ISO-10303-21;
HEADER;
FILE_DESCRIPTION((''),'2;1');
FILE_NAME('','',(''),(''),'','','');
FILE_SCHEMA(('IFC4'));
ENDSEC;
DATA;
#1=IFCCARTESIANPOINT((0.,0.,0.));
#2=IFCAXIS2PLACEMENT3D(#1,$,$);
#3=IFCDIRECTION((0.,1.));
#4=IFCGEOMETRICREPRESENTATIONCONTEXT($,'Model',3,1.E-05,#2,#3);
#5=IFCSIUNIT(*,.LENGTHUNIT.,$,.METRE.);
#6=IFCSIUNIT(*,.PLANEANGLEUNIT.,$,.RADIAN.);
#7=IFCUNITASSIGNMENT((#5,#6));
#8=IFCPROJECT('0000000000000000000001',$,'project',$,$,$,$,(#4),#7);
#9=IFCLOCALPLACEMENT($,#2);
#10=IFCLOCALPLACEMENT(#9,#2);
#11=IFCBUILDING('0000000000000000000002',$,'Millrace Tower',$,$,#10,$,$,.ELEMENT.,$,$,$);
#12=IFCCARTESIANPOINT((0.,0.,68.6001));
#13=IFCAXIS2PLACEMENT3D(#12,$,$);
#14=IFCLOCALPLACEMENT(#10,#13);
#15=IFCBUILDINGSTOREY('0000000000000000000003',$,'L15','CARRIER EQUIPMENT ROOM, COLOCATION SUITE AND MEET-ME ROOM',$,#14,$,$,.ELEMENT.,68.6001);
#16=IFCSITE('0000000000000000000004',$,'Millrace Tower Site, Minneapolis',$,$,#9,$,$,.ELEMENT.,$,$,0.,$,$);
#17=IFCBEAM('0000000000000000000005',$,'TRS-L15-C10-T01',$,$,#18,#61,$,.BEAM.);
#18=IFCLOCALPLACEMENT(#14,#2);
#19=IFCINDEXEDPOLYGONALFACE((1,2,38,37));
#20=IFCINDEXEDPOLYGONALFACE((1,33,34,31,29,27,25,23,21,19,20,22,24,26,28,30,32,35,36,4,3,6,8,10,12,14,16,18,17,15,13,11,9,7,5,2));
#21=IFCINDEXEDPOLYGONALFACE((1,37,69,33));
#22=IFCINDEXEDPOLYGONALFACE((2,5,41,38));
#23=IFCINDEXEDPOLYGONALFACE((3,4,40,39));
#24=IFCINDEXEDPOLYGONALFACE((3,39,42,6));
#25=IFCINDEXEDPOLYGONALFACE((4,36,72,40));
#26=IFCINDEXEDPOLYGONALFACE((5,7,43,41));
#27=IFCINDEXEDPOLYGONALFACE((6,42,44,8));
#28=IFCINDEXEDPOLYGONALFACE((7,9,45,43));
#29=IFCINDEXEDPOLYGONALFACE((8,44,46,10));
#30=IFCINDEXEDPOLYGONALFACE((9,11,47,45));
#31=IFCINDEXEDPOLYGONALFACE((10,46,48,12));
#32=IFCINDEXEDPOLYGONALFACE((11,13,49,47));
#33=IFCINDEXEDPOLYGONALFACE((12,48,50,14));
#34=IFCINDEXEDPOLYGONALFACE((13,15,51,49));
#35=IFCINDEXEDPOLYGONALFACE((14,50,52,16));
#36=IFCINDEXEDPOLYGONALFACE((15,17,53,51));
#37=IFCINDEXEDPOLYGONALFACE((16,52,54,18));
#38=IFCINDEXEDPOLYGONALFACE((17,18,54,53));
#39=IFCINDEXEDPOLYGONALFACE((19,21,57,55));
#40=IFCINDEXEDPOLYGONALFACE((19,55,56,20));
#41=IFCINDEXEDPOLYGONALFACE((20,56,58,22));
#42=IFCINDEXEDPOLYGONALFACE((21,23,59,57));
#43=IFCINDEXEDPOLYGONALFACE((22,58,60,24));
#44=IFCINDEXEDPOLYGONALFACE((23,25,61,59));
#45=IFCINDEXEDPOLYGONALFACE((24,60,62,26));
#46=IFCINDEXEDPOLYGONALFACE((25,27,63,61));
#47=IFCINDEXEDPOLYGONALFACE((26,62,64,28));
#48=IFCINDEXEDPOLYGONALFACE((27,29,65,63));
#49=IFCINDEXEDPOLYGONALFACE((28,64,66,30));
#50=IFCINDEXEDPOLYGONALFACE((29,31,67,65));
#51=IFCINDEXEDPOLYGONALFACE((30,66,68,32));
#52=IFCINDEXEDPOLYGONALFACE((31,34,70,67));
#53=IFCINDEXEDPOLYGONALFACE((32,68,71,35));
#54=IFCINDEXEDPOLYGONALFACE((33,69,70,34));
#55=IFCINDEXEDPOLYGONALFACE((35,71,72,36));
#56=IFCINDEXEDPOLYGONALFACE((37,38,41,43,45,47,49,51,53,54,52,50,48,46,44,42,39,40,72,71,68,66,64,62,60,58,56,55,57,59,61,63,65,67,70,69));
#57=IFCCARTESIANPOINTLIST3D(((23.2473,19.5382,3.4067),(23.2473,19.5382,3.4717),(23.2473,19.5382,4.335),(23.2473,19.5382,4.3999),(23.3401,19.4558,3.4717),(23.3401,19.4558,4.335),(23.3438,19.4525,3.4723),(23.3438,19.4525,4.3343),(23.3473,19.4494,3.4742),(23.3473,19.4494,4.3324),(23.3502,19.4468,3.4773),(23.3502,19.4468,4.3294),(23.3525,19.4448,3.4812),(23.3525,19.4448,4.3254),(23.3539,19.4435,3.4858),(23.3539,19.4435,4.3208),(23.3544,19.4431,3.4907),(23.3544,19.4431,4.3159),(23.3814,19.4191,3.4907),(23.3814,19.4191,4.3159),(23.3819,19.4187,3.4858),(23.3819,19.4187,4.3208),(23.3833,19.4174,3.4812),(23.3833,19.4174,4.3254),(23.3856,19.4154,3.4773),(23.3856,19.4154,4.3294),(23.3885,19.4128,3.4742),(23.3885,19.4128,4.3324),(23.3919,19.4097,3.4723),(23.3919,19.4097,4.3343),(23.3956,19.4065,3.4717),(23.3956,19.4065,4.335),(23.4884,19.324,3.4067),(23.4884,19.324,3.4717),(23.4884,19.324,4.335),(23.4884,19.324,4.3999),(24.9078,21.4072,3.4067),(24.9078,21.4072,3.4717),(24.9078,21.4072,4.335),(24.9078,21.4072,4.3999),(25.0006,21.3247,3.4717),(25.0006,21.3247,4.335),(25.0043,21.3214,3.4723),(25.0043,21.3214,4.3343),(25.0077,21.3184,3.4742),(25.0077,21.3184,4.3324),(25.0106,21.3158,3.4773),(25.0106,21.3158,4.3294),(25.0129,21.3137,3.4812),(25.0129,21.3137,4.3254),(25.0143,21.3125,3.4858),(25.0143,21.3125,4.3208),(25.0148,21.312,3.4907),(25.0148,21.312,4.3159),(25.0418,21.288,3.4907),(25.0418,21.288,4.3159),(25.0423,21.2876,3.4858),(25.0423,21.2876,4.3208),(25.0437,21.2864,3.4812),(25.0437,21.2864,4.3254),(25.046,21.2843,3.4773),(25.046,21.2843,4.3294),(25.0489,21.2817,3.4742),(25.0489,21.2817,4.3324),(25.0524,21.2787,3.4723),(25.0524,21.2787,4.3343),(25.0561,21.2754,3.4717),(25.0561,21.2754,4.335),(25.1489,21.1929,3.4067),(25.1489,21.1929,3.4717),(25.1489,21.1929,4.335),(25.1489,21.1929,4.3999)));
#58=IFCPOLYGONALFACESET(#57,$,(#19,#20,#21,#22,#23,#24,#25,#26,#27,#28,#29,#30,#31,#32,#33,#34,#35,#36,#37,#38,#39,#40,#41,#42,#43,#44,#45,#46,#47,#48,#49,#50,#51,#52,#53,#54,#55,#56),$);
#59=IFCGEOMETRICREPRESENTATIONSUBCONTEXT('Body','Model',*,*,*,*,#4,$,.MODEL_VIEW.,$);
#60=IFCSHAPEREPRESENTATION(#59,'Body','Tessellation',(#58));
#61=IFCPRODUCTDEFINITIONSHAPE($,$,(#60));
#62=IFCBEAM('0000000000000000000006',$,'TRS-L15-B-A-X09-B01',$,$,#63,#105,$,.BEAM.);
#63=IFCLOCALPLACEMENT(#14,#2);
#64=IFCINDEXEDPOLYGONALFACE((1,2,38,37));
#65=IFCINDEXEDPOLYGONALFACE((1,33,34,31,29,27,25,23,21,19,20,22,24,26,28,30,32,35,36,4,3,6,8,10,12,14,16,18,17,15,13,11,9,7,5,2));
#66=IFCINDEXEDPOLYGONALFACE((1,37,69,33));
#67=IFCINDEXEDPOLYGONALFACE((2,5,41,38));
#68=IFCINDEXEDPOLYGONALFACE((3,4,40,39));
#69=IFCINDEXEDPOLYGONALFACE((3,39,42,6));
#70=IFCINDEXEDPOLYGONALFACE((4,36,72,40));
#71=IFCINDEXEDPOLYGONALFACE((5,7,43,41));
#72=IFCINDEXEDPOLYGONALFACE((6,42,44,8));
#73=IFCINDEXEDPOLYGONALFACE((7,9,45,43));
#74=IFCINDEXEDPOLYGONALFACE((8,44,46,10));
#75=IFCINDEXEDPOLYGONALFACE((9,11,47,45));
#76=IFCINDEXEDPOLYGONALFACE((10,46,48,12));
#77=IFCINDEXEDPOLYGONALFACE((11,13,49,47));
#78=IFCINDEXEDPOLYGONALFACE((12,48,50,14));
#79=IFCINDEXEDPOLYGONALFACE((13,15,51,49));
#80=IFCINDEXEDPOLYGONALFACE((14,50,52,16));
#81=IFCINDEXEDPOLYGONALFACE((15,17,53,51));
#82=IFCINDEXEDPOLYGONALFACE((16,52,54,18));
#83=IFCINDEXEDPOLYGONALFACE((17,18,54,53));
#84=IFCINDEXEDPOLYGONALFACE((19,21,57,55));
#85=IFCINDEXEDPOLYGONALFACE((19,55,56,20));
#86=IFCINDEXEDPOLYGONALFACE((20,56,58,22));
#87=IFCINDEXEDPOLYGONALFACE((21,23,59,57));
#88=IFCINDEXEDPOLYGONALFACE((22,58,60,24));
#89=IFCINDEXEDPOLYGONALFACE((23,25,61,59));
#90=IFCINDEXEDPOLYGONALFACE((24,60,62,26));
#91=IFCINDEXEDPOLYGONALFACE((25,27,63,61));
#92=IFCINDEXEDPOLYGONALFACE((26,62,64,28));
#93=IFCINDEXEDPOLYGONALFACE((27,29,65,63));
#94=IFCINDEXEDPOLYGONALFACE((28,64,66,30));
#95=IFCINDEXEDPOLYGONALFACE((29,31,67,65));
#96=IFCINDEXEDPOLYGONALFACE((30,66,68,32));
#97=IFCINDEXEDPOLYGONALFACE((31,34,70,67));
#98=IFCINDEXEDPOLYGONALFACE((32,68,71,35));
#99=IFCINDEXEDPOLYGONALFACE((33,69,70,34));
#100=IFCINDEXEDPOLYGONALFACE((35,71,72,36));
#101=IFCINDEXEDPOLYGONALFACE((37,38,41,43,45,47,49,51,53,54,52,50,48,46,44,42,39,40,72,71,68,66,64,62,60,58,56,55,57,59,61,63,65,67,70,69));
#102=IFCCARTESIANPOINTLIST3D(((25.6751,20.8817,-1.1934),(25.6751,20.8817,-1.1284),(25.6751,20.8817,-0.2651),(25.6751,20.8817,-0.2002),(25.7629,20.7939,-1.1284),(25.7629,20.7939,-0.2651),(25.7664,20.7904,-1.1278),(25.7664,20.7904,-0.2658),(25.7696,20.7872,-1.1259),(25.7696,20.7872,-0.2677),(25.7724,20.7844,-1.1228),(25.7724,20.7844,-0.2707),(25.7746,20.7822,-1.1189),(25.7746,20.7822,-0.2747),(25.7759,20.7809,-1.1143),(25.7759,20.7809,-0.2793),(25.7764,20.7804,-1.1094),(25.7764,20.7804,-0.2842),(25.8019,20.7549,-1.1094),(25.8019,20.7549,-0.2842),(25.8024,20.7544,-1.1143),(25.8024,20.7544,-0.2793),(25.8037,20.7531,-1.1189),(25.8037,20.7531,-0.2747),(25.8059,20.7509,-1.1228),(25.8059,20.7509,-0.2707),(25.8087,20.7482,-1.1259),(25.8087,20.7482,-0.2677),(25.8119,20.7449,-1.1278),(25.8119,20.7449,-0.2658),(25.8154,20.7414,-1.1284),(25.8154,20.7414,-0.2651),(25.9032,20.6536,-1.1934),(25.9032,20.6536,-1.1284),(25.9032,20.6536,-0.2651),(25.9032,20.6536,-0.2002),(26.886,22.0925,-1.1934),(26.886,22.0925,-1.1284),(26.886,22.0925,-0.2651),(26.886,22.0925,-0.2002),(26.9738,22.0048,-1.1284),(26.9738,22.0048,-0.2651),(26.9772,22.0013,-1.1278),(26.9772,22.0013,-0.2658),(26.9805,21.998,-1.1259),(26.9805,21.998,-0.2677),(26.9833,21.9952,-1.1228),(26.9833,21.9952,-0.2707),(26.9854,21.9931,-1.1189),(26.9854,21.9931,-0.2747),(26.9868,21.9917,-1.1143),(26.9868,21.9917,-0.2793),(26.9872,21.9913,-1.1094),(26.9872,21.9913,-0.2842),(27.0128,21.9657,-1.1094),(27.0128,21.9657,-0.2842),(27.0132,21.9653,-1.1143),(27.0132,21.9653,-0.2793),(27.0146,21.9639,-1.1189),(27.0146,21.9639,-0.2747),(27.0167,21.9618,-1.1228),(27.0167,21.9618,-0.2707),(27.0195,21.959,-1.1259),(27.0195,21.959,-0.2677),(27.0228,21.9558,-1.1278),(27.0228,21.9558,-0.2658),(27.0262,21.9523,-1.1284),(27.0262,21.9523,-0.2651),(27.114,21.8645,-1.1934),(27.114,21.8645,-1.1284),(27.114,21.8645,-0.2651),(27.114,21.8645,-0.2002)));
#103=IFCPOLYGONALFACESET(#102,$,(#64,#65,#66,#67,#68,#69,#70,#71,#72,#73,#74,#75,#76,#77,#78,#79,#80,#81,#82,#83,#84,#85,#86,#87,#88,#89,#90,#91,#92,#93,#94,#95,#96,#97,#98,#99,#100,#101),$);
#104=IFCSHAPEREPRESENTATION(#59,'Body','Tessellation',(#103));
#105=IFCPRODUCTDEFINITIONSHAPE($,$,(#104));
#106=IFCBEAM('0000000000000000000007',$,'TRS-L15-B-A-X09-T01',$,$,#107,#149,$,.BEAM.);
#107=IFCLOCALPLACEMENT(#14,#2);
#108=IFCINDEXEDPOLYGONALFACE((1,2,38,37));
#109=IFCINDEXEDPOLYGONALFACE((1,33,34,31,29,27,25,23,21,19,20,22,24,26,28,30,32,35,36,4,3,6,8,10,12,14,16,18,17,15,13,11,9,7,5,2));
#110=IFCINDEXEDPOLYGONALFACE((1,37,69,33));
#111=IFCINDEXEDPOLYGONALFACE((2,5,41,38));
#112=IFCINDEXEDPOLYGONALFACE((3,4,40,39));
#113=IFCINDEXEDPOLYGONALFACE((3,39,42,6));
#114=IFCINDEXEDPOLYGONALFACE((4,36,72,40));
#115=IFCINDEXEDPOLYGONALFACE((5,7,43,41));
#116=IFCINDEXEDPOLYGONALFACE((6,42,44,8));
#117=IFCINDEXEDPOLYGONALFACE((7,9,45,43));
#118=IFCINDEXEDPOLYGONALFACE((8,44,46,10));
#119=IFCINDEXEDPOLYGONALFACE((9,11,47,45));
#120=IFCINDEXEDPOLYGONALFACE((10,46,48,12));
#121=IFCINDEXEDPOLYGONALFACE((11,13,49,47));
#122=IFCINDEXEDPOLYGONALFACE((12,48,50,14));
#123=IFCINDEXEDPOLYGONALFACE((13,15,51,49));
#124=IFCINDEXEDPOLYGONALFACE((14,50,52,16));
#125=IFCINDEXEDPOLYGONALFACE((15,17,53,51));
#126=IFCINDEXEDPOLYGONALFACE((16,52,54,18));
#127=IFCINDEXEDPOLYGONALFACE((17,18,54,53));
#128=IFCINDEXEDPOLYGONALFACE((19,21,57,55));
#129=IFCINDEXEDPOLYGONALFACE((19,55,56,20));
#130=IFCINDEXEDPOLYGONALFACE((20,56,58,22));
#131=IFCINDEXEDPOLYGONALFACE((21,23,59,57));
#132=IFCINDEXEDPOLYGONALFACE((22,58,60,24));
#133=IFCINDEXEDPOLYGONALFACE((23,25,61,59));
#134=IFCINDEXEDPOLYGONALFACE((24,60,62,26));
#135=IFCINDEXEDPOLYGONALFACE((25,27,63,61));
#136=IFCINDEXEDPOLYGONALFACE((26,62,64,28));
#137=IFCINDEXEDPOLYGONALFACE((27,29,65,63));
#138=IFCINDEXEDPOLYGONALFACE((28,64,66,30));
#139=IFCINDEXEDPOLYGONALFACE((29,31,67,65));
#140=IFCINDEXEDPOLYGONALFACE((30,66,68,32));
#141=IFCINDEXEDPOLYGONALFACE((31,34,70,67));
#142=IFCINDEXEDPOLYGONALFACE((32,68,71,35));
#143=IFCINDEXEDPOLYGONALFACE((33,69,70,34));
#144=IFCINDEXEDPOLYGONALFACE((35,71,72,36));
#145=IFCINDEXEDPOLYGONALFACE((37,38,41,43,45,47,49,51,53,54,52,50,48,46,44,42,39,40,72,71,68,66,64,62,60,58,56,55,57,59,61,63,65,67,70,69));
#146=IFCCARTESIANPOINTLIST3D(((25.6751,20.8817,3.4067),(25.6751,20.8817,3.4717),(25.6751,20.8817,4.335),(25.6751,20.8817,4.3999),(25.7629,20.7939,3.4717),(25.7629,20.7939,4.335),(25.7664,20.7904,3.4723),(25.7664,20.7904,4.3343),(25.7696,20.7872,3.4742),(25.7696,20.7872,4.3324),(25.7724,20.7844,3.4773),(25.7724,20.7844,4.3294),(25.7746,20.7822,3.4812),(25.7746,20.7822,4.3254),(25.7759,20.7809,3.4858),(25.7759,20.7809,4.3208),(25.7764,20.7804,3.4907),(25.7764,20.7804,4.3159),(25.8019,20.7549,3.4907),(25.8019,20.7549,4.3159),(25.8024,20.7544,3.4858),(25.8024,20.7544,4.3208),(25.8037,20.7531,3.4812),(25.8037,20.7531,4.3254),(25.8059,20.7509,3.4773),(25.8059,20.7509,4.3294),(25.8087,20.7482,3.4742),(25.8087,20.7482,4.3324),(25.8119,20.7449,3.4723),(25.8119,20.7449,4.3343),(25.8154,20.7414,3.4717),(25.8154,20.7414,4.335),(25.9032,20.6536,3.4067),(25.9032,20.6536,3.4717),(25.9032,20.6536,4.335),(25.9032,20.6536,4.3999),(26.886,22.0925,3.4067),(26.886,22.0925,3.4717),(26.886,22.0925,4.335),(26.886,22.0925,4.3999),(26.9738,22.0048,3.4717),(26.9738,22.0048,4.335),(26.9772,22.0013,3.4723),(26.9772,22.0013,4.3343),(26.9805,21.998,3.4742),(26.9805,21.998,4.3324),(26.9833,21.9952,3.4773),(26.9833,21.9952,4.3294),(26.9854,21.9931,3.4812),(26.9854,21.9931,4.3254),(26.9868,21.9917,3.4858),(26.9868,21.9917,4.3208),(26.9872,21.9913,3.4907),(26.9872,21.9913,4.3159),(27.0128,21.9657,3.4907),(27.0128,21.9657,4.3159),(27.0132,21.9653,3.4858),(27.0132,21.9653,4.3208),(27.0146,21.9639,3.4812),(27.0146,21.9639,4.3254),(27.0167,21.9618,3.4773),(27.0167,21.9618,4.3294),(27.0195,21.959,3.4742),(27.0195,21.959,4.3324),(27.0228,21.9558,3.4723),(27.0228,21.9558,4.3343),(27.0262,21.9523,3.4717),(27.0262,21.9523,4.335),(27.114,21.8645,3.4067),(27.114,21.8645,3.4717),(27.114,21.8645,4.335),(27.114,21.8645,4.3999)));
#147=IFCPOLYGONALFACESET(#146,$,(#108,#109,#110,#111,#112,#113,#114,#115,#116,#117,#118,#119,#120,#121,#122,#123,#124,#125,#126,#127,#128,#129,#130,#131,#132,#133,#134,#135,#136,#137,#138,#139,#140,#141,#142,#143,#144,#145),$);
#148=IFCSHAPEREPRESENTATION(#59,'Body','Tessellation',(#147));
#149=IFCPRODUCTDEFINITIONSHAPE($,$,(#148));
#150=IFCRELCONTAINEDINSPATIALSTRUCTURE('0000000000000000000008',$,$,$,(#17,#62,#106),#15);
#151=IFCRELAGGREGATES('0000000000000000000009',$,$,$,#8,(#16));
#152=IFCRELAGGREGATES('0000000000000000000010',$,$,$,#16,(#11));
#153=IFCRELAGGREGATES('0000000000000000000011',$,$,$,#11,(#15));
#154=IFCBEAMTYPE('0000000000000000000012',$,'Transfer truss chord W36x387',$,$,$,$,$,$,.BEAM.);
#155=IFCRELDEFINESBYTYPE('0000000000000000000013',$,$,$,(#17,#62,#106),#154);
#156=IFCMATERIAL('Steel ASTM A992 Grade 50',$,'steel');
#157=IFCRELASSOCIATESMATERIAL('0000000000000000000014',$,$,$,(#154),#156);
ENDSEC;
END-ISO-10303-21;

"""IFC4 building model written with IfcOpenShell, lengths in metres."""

from ifc_helpers import new_model, si_unit, direction, frame, origin, origin_2d, place, context, subcontext, project, spatial, i_section, extrude, material, material_profile, profile_set, type_object, element, save


model = new_model("IFC4")

# Units and contexts
model_context = context("Model", 3, precision=1e-05, world=origin(), true_north=direction((0.0, 1.0)))
body_context = subcontext(model_context, "Body", "Model", "MODEL_VIEW")
ifc_project = project(units=[si_unit("LENGTHUNIT", "METRE"), si_unit("PLANEANGLEUNIT", "RADIAN")], contexts=[model_context])

# Site, building, storey
site_placement = place(None, origin())
site = spatial("IfcSite", under=ifc_project, at=site_placement, Name="Millrace Tower Site, Minneapolis", CompositionType="ELEMENT", RefElevation=0.0)
building_placement = place(site_placement, origin())
building = spatial("IfcBuilding", under=site, at=building_placement, Name="Millrace Tower", CompositionType="ELEMENT")
storey_placement = place(building_placement, frame((0.0, 0.0, 68.6001)))
storey = spatial("IfcBuildingStorey", under=building, at=storey_placement, Name="L15", Description="CARRIER EQUIPMENT ROOM, COLOCATION SUITE AND MEET-ME ROOM", CompositionType="ELEMENT", Elevation=68.6001)

# Beams
ifc_material_1 = material(Name="Steel ASTM A992 Grade 50", Category="steel")
ifc_material_profile_1 = material_profile(ifc_material_1, i_section(OverallWidth=0.3225, OverallDepth=0.9932, WebThickness=0.0361, FlangeThickness=0.0649, FilletRadius=0.019, at=origin_2d()))
ifc_profile_set_1 = profile_set([ifc_material_profile_1], Name="Steel ASTM A992 Grade 50")
beam_type = type_object("IfcBeamType", Name="Transfer truss chord W36x387", PredefinedType="BEAM", material=ifc_profile_set_1)
for number, where, z_axis, x_axis, name in (
    (1, (25.0283, 21.3, 3.9033), (-0.664176, -0.747576, 0.0), (0.747576, -0.664176, 0.0), "TRS-L15-C10-T01"),
):
    element("IfcBeam", number, at=place(storey_placement, frame(where, z_axis=z_axis, x_axis=x_axis)), inside=storey, type_object=beam_type, Name=name, PredefinedType="BEAM", context=body_context, shape_type="SweptSolid", body=[
        extrude(i_section(OverallWidth=0.3225, OverallDepth=0.9932, WebThickness=0.0361, FlangeThickness=0.0649, FilletRadius=0.019, at=origin_2d()), origin(), (0.0, 0.0, 1.0), 2.5),
    ])
for number, where, z_axis, x_axis, name in (
    (2, (27.0, 21.9785, -0.6968), (-0.707107, -0.707107, 0.0), (0.707107, -0.707107, 0.0), "TRS-L15-B-A-X09-B01"),
    (3, (27.0, 21.9785, 3.9033), (-0.707107, -0.707107, 0.0), (0.707107, -0.707107, 0.0), "TRS-L15-B-A-X09-T01"),
):
    element("IfcBeam", number, at=place(storey_placement, frame(where, z_axis=z_axis, x_axis=x_axis)), inside=storey, type_object=beam_type, Name=name, PredefinedType="BEAM", context=body_context, shape_type="SweptSolid", body=[
        extrude(i_section(OverallWidth=0.3225, OverallDepth=0.9932, WebThickness=0.0361, FlangeThickness=0.0649, FilletRadius=0.019, at=origin_2d()), origin(), (0.0, 0.0, 1.0), 1.7124),
    ])

save(model, "model.ifc")
